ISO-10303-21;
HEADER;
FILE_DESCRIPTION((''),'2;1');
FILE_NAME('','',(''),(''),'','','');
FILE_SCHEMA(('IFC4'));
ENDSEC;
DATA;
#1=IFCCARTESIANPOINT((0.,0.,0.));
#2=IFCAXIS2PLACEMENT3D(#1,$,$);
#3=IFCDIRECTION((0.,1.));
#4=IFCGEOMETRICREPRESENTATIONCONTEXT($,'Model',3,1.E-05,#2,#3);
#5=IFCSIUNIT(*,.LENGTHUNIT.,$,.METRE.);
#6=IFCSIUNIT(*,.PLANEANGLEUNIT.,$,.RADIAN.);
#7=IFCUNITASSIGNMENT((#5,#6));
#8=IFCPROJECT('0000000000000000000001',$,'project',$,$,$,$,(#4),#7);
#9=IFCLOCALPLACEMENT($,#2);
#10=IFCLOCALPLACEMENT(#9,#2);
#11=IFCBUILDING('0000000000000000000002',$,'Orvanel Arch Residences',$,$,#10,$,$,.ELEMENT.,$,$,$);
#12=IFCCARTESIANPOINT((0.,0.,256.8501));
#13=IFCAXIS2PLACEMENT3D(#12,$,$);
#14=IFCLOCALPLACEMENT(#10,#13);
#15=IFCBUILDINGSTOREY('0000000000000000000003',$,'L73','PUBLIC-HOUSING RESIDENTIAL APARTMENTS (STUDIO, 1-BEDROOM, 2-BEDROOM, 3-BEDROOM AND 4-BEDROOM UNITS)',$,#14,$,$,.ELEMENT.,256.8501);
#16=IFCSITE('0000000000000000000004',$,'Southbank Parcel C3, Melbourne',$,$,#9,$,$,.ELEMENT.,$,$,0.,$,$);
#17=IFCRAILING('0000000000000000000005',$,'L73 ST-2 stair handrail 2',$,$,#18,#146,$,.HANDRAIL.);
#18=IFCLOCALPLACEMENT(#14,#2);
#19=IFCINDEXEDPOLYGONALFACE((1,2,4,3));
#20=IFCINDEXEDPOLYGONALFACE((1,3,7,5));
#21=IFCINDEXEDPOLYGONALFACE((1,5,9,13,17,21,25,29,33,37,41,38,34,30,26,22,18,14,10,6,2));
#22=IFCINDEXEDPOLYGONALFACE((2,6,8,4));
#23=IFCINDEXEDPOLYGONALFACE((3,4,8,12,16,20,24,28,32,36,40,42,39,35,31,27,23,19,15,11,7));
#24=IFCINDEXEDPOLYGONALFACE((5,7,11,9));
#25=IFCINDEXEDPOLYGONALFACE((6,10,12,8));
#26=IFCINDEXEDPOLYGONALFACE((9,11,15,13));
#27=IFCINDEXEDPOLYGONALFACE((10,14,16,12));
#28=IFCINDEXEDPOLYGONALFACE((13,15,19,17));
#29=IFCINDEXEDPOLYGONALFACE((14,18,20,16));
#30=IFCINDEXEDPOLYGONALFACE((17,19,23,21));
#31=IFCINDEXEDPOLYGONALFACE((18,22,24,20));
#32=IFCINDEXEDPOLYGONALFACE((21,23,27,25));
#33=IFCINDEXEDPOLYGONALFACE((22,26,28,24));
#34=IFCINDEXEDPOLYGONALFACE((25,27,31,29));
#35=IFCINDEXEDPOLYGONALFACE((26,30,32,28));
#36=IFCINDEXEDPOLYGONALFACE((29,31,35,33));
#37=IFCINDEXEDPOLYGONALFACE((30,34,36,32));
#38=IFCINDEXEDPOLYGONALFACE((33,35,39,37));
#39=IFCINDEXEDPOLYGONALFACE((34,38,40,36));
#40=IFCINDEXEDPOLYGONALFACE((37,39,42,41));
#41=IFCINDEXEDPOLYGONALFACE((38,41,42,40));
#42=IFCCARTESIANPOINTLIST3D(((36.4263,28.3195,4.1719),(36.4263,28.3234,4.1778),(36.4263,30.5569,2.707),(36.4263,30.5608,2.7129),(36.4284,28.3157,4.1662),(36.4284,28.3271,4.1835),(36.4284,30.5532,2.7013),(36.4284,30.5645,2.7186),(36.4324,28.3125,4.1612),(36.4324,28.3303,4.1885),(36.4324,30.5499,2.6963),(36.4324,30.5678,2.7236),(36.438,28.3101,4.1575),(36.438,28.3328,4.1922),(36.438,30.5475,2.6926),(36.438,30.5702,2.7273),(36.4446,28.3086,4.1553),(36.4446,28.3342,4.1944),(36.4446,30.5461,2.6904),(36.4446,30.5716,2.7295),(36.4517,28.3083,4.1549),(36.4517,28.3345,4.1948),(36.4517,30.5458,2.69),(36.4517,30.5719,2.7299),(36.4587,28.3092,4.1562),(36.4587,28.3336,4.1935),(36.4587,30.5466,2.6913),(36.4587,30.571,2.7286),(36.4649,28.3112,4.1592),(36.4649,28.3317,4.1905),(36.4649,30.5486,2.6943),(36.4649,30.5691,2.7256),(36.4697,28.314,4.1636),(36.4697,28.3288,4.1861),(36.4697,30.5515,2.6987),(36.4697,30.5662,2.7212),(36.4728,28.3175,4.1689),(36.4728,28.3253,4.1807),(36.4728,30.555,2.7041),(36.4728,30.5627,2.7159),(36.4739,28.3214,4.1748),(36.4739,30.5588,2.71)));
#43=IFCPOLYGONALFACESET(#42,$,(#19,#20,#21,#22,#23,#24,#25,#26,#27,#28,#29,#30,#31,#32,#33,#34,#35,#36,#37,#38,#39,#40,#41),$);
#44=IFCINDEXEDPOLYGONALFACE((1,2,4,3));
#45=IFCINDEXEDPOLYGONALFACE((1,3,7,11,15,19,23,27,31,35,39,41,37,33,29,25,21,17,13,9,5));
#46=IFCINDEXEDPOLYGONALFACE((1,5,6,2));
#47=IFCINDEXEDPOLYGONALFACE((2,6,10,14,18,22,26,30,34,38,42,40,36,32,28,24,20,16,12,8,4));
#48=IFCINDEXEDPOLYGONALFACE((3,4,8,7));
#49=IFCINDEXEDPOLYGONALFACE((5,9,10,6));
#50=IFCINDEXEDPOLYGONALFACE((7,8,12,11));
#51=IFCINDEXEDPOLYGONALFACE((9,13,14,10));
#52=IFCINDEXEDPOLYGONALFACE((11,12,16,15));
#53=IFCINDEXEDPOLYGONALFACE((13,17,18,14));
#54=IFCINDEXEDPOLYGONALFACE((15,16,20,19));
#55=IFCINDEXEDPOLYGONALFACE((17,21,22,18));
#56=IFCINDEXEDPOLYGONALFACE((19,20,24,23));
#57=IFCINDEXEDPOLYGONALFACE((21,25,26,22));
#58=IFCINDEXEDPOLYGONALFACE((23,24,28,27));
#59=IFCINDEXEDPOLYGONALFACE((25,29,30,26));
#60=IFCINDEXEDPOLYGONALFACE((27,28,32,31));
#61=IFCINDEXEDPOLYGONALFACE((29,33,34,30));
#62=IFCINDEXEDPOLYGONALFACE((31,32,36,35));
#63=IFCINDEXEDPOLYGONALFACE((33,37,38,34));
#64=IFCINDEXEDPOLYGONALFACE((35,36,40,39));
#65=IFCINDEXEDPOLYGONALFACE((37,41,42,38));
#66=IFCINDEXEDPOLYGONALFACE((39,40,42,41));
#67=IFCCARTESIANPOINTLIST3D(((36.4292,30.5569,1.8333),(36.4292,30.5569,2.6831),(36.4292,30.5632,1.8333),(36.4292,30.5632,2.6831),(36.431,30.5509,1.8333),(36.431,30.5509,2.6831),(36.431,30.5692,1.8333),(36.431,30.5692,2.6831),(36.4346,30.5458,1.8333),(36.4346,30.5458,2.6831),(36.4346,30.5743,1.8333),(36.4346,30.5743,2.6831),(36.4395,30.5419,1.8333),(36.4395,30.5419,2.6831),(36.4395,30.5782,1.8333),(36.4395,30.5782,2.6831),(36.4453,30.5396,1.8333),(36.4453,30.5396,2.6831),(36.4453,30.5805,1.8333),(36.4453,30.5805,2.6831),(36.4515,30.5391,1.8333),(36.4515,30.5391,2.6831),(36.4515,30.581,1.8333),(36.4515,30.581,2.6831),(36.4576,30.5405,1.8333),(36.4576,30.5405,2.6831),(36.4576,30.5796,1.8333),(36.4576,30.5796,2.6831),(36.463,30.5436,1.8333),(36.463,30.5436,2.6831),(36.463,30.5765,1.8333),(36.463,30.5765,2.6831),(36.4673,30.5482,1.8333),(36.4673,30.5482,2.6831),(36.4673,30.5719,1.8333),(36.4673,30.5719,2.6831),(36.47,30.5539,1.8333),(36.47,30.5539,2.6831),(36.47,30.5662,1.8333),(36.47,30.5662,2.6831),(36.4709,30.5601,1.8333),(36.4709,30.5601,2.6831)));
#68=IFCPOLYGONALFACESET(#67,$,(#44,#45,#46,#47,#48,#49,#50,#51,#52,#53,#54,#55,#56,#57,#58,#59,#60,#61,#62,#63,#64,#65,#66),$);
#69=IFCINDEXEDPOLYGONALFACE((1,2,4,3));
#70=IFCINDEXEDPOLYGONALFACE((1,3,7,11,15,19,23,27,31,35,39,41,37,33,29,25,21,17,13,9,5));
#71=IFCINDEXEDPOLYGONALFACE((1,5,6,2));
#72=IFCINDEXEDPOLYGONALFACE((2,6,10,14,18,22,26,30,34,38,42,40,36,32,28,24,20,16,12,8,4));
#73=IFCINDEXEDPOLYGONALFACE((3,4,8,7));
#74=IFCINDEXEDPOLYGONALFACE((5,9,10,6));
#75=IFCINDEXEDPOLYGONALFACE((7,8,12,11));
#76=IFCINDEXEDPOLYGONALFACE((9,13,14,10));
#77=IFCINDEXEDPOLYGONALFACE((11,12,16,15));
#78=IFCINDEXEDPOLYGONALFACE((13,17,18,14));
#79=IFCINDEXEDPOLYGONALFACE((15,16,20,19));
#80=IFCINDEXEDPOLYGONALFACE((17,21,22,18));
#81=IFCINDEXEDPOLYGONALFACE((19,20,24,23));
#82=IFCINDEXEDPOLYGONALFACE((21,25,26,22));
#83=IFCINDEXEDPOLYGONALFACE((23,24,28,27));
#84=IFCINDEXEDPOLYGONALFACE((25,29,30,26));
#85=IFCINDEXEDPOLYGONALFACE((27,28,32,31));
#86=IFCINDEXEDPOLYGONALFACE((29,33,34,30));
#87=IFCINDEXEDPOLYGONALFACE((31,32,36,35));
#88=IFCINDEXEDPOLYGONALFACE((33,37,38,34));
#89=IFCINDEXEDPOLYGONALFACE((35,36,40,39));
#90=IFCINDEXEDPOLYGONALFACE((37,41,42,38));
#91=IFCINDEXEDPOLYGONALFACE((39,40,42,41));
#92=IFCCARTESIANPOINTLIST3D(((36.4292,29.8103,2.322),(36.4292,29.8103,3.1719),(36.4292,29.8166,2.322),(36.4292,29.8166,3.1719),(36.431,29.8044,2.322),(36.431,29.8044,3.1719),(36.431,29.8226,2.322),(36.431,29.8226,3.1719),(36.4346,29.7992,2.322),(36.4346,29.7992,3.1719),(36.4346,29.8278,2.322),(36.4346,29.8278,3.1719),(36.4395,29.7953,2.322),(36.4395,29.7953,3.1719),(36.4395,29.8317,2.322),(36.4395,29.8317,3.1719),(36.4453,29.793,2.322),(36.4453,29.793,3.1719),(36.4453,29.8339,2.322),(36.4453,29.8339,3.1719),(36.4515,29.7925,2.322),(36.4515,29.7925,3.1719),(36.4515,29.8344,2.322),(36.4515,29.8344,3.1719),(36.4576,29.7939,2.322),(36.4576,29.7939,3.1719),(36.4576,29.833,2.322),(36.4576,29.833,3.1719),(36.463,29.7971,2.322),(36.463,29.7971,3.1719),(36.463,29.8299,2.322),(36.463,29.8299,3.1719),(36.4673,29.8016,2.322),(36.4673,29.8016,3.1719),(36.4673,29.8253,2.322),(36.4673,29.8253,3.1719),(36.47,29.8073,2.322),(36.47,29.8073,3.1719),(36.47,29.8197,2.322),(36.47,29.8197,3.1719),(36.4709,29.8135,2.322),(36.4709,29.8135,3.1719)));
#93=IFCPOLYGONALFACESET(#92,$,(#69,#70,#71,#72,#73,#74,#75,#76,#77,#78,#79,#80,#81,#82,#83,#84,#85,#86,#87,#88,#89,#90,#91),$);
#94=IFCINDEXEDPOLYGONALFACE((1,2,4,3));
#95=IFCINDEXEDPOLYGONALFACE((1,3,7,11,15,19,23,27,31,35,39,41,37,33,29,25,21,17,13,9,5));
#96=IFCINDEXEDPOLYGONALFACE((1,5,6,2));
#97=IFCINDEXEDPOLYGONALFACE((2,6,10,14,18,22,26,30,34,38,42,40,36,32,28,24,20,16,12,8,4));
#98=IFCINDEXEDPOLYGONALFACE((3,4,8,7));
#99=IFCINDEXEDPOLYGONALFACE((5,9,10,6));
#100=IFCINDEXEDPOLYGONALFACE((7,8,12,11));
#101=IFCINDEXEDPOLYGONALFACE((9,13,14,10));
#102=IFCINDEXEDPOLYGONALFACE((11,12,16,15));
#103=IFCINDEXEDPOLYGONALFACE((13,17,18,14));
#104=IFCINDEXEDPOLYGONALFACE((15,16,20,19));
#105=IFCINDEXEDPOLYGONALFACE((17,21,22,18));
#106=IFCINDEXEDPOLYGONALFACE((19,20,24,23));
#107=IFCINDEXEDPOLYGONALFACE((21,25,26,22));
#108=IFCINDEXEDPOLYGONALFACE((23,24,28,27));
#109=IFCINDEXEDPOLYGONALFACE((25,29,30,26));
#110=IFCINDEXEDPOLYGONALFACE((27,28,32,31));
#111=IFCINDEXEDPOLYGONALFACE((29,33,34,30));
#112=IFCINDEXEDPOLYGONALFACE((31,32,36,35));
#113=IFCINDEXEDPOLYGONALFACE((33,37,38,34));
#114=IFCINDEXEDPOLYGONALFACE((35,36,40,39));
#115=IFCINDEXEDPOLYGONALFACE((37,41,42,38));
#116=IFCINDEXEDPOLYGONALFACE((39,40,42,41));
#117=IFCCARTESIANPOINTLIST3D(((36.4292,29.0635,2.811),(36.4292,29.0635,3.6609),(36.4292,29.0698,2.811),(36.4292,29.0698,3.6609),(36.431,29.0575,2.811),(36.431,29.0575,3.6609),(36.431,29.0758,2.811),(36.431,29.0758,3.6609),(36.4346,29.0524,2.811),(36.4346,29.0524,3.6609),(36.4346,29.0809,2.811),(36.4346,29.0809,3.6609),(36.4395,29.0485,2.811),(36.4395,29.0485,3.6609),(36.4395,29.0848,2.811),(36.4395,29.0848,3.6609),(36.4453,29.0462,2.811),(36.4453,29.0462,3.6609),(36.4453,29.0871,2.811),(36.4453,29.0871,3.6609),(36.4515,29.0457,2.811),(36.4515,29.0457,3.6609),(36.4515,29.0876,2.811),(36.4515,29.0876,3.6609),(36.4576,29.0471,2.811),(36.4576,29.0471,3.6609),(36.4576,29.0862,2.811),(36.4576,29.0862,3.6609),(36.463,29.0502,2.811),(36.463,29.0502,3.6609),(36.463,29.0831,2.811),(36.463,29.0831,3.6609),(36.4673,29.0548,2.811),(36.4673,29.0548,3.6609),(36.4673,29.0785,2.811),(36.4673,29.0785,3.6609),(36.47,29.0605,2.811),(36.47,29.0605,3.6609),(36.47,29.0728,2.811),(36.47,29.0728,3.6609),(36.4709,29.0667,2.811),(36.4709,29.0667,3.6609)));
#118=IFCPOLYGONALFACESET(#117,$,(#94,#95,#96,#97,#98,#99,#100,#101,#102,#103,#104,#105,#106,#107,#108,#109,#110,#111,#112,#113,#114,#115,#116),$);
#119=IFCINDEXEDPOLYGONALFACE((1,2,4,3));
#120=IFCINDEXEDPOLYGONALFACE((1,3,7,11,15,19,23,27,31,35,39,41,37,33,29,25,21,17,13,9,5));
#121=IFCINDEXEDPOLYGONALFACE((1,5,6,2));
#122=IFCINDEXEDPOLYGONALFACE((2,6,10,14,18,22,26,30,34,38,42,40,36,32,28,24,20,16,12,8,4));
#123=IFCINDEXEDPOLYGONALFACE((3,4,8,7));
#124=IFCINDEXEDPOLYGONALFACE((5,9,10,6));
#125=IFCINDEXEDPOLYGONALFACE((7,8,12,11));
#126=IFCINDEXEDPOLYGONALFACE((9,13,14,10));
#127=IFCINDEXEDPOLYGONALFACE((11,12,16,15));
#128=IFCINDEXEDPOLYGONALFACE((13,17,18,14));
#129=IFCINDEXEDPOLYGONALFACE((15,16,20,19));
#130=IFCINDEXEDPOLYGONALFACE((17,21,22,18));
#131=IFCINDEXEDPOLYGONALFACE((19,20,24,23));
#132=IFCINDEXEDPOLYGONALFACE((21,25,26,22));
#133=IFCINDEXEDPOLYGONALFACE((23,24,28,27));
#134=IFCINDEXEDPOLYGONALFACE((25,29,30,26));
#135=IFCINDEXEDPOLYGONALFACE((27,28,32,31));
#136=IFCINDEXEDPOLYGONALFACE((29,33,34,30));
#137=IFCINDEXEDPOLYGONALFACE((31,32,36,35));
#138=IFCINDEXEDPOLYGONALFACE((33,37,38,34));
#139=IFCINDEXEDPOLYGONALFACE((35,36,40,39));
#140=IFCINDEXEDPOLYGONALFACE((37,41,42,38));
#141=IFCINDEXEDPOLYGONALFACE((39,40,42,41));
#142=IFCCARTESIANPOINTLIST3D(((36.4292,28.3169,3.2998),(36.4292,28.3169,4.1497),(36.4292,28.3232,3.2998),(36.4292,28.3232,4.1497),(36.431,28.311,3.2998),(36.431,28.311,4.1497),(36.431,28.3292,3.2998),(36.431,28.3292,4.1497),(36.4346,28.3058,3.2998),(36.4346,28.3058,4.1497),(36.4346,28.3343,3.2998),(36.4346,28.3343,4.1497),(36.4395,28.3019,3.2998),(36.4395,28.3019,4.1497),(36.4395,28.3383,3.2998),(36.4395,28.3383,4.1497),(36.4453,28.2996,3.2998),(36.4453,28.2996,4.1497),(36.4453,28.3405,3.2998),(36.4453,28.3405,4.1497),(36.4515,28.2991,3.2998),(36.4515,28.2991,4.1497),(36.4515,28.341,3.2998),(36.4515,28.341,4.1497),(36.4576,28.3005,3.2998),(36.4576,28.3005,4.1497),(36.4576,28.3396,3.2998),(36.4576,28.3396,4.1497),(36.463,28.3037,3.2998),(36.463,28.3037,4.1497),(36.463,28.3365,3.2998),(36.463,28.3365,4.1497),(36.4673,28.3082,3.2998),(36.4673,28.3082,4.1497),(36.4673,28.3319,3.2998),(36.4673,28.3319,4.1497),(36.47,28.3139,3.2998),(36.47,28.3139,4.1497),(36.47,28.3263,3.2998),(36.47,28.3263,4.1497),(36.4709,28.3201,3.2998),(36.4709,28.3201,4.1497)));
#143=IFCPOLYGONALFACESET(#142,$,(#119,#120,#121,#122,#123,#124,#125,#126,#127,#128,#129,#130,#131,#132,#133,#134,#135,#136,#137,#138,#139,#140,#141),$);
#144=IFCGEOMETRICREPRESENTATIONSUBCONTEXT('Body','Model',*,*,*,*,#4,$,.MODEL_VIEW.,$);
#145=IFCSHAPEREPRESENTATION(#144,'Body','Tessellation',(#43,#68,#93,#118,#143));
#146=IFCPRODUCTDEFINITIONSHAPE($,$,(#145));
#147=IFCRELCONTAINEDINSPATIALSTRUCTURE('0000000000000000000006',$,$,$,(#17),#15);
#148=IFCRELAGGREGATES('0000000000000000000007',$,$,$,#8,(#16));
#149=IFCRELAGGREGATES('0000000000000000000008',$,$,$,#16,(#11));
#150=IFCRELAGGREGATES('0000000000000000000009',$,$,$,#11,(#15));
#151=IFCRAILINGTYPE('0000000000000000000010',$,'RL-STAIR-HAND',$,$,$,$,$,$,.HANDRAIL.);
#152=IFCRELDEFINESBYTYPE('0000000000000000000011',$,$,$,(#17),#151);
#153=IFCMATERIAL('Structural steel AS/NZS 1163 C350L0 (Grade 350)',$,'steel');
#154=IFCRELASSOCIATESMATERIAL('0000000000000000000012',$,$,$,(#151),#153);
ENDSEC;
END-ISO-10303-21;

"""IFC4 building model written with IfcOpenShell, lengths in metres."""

from ifc_helpers import new_model, si_unit, direction, frame, origin, origin_2d, place, context, subcontext, project, spatial, circle, extrude, material, type_object, element, save


model = new_model("IFC4")

# Units and contexts
model_context = context("Model", 3, precision=1e-05, world=origin(), true_north=direction((0.0, 1.0)))
body_context = subcontext(model_context, "Body", "Model", "MODEL_VIEW")
ifc_project = project(units=[si_unit("LENGTHUNIT", "METRE"), si_unit("PLANEANGLEUNIT", "RADIAN")], contexts=[model_context])

# Site, building, storey
site_placement = place(None, origin())
site = spatial("IfcSite", under=ifc_project, at=site_placement, Name="Southbank Parcel C3, Melbourne", CompositionType="ELEMENT", RefElevation=0.0)
building_placement = place(site_placement, origin())
building = spatial("IfcBuilding", under=site, at=building_placement, Name="Orvanel Arch Residences", CompositionType="ELEMENT")
storey_placement = place(building_placement, frame((0.0, 0.0, 256.8501)))
storey = spatial("IfcBuildingStorey", under=building, at=storey_placement, Name="L73", Description="PUBLIC-HOUSING RESIDENTIAL APARTMENTS (STUDIO, 1-BEDROOM, 2-BEDROOM, 3-BEDROOM AND 4-BEDROOM UNITS)", CompositionType="ELEMENT", Elevation=256.8501)

# Railing
ifc_material_1 = material(Name="Structural steel AS/NZS 1163 C350L0 (Grade 350)", Category="steel")
railing_type_1 = type_object("IfcRailingType", Name="RL-STAIR-HAND", PredefinedType="HANDRAIL", material=ifc_material_1)
railing_1_placement = place(storey_placement, frame((36.45, 30.5601, 1.8333)))
element("IfcRailing", 1, at=railing_1_placement, inside=storey, type_object=railing_type_1, Name="L73 ST-2 stair handrail 2", PredefinedType="HANDRAIL", context=body_context, shape_type="SweptSolid", body=[
    extrude(circle(Radius=0.0239, at=origin_2d()), frame((0.0, -0.0012, 0.8767), z_axis=(0.0, -0.836637, 0.547758), x_axis=(1.0, 0.0, 0.0)), (0.0, 0.0, 1.0), 2.6743),
    extrude(circle(Radius=0.021, at=origin_2d()), origin(), (0.0, 0.0, 1.0), 0.8499),
    extrude(circle(Radius=0.021, at=origin_2d()), frame((0.0, -0.7466, 0.4888)), (0.0, 0.0, 1.0), 0.8499),
    extrude(circle(Radius=0.021, at=origin_2d()), frame((0.0, -1.4934, 0.9778)), (0.0, 0.0, 1.0), 0.8499),
    extrude(circle(Radius=0.021, at=origin_2d()), frame((0.0, -2.24, 1.4666)), (0.0, 0.0, 1.0), 0.8499),
])

save(model, "model.ifc")
